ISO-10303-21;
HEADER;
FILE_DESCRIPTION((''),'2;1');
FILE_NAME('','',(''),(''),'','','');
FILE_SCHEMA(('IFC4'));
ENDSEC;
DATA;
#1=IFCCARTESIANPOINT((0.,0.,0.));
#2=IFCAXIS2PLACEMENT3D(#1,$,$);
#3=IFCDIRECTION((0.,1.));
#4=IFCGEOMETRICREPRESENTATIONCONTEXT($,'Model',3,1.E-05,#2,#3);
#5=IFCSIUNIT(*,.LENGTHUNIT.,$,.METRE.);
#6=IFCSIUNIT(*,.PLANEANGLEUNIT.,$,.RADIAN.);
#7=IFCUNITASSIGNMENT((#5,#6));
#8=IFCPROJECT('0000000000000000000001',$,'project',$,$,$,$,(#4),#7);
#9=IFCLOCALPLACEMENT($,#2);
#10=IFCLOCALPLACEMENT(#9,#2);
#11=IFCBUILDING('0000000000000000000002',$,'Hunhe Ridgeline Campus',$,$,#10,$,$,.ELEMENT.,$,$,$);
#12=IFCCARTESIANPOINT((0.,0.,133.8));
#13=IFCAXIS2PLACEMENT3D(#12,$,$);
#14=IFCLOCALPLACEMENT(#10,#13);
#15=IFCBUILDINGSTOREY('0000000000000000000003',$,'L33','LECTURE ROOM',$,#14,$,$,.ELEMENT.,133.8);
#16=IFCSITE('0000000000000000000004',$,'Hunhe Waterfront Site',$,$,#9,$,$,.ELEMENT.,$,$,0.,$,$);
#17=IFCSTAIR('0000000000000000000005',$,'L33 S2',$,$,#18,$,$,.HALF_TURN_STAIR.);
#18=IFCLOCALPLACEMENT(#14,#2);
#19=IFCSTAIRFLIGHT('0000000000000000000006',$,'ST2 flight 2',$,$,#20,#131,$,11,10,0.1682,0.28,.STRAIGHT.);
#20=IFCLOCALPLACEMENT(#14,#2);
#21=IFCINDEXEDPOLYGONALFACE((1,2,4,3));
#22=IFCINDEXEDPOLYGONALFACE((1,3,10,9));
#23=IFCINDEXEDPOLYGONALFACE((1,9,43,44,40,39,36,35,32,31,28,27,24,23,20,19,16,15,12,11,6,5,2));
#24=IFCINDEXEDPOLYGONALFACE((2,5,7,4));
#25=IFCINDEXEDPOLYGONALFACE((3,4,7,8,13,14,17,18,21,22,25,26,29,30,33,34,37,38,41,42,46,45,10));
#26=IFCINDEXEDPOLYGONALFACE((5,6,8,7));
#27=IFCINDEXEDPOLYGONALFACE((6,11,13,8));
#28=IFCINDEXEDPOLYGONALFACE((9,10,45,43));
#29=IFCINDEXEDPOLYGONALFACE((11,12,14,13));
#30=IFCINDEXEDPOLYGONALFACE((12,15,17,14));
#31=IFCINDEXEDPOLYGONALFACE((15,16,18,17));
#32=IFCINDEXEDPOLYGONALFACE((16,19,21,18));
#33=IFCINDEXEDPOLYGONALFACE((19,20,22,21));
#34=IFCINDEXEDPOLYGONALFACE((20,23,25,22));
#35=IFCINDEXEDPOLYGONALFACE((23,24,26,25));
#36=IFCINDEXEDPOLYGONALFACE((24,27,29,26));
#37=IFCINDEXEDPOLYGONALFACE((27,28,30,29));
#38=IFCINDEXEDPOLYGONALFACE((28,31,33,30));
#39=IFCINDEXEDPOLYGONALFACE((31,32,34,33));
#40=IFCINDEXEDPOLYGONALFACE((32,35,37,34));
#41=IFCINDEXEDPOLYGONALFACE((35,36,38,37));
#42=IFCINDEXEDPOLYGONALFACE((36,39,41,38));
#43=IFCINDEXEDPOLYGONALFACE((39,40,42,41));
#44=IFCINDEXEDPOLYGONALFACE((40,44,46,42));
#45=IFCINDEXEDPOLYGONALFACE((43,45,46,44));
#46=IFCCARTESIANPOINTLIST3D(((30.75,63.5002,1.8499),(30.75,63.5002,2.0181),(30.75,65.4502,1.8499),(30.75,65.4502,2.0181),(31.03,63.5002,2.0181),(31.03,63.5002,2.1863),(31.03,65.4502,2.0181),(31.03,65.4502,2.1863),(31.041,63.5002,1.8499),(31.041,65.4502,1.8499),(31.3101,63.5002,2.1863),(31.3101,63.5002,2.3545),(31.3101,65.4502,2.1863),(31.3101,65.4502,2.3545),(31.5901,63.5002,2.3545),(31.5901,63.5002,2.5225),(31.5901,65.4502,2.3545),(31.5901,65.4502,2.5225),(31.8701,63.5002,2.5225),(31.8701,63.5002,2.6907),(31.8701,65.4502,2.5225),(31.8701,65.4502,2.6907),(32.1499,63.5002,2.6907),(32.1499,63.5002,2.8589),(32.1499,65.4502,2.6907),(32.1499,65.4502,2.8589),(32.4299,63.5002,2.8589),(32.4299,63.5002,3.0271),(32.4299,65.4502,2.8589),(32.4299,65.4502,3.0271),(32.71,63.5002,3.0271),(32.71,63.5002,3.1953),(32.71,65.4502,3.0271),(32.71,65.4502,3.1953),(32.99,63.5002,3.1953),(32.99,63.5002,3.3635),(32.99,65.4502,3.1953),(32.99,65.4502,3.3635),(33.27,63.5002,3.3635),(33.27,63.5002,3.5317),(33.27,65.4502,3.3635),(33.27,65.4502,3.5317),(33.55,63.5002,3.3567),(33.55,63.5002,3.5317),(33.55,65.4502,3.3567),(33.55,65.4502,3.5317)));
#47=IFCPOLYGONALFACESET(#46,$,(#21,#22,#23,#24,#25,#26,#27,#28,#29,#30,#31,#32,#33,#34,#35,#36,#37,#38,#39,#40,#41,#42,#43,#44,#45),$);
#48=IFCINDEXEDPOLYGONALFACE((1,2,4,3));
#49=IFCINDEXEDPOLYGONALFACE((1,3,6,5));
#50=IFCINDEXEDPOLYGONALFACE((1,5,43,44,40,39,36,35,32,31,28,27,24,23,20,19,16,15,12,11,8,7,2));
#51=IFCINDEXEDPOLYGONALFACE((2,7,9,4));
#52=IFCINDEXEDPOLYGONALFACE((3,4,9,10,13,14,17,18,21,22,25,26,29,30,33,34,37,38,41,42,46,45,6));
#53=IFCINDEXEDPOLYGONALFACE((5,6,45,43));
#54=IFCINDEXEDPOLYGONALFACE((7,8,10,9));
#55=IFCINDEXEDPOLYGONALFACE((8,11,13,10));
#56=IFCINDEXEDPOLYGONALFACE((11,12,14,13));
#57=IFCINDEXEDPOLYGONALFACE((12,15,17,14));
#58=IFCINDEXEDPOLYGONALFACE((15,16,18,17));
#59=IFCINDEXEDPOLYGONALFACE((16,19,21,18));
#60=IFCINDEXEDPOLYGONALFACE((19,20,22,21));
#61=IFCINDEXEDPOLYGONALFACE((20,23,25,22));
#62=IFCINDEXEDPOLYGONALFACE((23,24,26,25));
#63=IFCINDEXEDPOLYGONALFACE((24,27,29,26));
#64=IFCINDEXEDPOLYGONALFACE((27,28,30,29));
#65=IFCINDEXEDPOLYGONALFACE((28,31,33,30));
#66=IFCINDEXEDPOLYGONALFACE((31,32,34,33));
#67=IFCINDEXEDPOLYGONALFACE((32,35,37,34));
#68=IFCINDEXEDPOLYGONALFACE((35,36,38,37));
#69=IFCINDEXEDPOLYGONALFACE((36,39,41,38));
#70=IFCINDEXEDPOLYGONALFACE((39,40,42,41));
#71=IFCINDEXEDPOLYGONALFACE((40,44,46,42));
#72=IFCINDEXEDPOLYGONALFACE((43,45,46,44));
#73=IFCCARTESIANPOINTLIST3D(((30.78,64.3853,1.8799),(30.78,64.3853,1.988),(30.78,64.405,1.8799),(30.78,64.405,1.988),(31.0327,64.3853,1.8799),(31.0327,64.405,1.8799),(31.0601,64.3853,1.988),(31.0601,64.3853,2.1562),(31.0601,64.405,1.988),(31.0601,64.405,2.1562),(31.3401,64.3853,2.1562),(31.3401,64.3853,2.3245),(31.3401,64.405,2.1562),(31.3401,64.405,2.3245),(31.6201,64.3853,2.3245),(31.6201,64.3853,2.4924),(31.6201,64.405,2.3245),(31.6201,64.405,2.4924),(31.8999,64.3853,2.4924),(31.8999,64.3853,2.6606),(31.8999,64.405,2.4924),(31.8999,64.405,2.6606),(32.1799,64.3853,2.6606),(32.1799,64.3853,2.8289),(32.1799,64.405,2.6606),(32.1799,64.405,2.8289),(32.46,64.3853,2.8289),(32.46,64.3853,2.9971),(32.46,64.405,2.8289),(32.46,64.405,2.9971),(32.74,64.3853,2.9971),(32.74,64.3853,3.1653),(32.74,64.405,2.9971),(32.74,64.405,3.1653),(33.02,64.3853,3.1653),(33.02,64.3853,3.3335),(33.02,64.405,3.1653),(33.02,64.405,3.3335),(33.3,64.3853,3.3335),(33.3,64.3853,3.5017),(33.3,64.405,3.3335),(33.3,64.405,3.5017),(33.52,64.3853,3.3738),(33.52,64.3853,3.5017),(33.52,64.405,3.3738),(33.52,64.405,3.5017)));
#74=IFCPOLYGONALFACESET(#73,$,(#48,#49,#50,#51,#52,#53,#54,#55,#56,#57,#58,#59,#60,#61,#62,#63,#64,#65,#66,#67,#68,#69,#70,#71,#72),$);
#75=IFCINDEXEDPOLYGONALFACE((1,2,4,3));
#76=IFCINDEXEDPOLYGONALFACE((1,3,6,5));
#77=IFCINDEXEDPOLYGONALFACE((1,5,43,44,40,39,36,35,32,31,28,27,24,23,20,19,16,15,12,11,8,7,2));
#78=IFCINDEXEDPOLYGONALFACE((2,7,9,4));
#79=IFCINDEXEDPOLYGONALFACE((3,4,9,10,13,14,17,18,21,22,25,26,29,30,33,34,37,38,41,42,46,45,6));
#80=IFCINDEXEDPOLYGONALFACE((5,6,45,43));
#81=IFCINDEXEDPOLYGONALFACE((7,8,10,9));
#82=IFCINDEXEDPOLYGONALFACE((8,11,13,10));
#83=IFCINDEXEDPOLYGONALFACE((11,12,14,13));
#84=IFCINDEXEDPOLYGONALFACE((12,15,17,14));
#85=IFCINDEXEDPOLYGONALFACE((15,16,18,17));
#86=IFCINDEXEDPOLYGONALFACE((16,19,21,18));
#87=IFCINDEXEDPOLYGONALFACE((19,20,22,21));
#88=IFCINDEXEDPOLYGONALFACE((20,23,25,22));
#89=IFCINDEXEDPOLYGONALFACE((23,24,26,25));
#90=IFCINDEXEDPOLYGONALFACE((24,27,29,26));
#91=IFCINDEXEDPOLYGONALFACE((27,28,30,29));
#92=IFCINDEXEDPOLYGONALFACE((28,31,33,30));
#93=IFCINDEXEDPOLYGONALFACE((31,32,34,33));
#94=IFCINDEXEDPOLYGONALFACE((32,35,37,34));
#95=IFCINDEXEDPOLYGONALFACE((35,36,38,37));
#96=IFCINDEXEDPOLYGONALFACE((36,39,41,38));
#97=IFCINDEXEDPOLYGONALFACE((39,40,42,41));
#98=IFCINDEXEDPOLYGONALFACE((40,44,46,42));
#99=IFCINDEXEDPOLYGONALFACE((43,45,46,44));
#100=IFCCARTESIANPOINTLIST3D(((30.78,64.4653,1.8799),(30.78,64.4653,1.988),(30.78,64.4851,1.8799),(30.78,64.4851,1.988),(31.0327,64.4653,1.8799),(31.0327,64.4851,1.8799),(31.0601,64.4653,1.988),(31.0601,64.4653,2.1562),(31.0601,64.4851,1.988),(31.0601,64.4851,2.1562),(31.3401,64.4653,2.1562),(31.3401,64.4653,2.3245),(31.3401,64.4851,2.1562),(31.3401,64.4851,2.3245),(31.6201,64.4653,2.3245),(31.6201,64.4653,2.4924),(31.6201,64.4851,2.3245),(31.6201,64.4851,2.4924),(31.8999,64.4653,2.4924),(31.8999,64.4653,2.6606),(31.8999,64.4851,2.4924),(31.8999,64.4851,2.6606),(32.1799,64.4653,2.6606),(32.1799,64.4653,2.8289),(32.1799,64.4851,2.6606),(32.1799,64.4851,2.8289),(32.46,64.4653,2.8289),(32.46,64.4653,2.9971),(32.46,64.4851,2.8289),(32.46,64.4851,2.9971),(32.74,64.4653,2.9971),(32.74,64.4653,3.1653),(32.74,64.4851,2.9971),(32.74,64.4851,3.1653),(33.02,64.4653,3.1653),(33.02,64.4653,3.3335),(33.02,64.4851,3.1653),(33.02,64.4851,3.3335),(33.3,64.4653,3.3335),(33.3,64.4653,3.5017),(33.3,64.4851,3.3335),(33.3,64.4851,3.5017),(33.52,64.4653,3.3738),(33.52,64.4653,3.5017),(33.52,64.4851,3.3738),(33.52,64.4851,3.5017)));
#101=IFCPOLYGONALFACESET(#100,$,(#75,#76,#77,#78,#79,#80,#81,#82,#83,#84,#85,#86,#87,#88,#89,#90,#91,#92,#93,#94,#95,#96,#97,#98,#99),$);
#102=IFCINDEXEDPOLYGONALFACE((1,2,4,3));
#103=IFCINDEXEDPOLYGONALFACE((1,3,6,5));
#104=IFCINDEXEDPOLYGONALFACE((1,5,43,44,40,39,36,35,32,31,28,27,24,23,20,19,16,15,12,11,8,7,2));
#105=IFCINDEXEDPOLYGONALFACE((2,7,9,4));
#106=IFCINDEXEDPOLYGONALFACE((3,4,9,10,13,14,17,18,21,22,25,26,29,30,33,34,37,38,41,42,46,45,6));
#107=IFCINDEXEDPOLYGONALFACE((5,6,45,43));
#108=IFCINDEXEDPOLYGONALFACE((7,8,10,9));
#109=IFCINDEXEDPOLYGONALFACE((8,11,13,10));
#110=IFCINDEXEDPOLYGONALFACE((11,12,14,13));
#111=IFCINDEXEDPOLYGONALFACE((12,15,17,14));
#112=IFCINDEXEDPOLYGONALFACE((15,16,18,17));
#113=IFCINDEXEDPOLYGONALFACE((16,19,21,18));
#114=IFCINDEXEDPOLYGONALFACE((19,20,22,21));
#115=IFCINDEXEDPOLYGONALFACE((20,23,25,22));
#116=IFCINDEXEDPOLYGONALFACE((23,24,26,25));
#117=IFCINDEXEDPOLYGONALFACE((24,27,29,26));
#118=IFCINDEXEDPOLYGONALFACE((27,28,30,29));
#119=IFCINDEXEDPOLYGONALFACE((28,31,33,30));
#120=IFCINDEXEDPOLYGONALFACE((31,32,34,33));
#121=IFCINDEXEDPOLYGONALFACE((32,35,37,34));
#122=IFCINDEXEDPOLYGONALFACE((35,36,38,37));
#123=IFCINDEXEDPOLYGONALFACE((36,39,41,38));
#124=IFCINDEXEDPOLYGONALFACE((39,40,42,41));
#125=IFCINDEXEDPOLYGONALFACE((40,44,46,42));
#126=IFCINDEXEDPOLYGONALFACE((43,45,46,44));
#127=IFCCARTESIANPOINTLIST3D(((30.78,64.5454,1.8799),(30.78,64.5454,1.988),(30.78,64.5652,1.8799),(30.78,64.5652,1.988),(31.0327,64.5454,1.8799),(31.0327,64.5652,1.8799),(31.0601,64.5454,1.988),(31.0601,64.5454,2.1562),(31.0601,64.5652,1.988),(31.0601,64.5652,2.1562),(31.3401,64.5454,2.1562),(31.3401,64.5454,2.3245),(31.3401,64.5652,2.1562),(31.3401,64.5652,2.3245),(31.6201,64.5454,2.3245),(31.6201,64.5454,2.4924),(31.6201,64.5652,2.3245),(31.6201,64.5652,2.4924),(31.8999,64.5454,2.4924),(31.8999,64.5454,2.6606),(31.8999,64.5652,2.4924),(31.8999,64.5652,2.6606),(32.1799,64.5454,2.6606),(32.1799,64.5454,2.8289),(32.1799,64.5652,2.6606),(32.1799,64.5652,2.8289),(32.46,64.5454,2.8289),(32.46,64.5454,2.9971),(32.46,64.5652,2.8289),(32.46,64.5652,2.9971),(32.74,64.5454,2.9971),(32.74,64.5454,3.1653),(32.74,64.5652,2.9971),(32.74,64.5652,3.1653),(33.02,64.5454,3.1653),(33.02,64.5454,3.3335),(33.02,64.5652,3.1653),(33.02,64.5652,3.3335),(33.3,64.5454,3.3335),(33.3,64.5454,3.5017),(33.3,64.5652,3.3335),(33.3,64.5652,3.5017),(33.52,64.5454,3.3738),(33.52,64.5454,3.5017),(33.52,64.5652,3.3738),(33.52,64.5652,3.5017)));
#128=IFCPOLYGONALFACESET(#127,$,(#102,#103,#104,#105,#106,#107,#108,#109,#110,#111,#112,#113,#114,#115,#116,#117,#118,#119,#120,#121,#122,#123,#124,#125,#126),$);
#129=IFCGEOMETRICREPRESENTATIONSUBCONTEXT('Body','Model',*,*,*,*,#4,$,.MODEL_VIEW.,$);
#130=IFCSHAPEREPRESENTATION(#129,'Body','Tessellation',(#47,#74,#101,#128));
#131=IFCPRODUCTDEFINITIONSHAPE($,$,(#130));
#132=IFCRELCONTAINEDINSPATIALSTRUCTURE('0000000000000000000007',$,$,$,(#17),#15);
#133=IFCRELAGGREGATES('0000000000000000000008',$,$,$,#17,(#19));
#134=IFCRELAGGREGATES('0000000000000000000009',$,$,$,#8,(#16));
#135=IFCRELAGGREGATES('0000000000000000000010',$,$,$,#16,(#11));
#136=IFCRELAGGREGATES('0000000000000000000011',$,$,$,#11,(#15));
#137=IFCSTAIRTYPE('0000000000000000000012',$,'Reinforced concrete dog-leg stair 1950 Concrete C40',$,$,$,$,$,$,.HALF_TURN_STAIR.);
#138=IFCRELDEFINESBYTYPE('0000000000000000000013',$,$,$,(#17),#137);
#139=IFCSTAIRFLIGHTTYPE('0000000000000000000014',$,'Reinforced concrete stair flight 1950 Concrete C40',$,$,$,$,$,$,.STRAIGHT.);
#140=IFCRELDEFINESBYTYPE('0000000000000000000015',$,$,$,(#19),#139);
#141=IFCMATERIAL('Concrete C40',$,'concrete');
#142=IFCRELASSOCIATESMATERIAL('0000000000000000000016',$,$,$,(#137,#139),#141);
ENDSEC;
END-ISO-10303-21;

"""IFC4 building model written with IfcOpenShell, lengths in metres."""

from ifc_helpers import new_model, si_unit, direction, frame, origin, place, context, subcontext, project, spatial, polyline, outline, extrude, material, type_object, element, aggregate, save


model = new_model("IFC4")

# Units and contexts
model_context = context("Model", 3, precision=1e-05, world=origin(), true_north=direction((0.0, 1.0)))
body_context = subcontext(model_context, "Body", "Model", "MODEL_VIEW")
ifc_project = project(units=[si_unit("LENGTHUNIT", "METRE"), si_unit("PLANEANGLEUNIT", "RADIAN")], contexts=[model_context])

# Site, building, storey
site_placement = place(None, origin())
site = spatial("IfcSite", under=ifc_project, at=site_placement, Name="Hunhe Waterfront Site", CompositionType="ELEMENT", RefElevation=0.0)
building_placement = place(site_placement, origin())
building = spatial("IfcBuilding", under=site, at=building_placement, Name="Hunhe Ridgeline Campus", CompositionType="ELEMENT")
storey_placement = place(building_placement, frame((0.0, 0.0, 133.8)))
storey = spatial("IfcBuildingStorey", under=building, at=storey_placement, Name="L33", Description="LECTURE ROOM", CompositionType="ELEMENT", Elevation=133.8)

# Stair, stair flight
ifc_material_1 = material(Name="Concrete C40", Category="concrete")
stair_type = type_object("IfcStairType", Name="Reinforced concrete dog-leg stair 1950 Concrete C40", PredefinedType="HALF_TURN_STAIR", material=ifc_material_1)
stair_placement = place(storey_placement, origin())
stair = element("IfcStair", 1, at=stair_placement, inside=storey, type_object=stair_type, Name="L33 S2", PredefinedType="HALF_TURN_STAIR")
stair_flight_type = type_object("IfcStairFlightType", Name="Reinforced concrete stair flight 1950 Concrete C40", PredefinedType="STRAIGHT", material=ifc_material_1)
stair_flight_1_placement = place(storey_placement, frame((30.75, 64.4751, 1.8499), z_axis=(0.0, 0.0, 1.0), x_axis=(1.0, 0.0, 0.0)))
stair_flight_1 = element("IfcStairFlight", 2, at=stair_flight_1_placement, type_object=stair_flight_type, Name="ST2 flight 2", NumberOfRisers=11, NumberOfTreads=10, PredefinedType="STRAIGHT", RiserHeight=0.1682, TreadLength=0.28, context=body_context, shape_type="SweptSolid", body=[
    extrude(outline(polyline([(0.0, 0.0), (0.0, 0.1682), (0.28, 0.1682), (0.28, 0.3364), (0.5601, 0.3364), (0.5601, 0.5046), (0.8401, 0.5046), (0.8401, 0.6726), (1.1201, 0.6726), (1.1201, 0.8408), (1.3999, 0.8408), (1.3999, 1.009), (1.6799, 1.009), (1.6799, 1.1772), (1.96, 1.1772), (1.96, 1.3455), (2.24, 1.3455), (2.24, 1.5137), (2.52, 1.5137), (2.52, 1.6819), (2.8, 1.6819), (2.8, 1.8501), (2.8, 1.5068), (0.291, 0.0), (0.0, 0.0)])), frame((0.0, 0.9751, 0.0), z_axis=(0.0, -1.0, 0.0), x_axis=(1.0, 0.0, 0.0)), (0.0, 0.0, 1.0), 1.95),
    extrude(outline(polyline([(0.03, 0.03), (0.03, 0.1382), (0.3101, 0.1382), (0.3101, 0.3064), (0.5901, 0.3064), (0.5901, 0.4746), (0.8701, 0.4746), (0.8701, 0.6426), (1.1499, 0.6426), (1.1499, 0.8108), (1.4299, 0.8108), (1.4299, 0.979), (1.71, 0.979), (1.71, 1.1472), (1.99, 1.1472), (1.99, 1.3154), (2.27, 1.3154), (2.27, 1.4836), (2.55, 1.4836), (2.55, 1.6519), (2.77, 1.6519), (2.77, 1.5239), (0.2827, 0.03), (0.03, 0.03)])), frame((0.0, -0.0701, 0.0), z_axis=(0.0, -1.0, 0.0), x_axis=(1.0, 0.0, 0.0)), (0.0, 0.0, 1.0), 0.0198),
    extrude(outline(polyline([(0.03, 0.03), (0.03, 0.1382), (0.3101, 0.1382), (0.3101, 0.3064), (0.5901, 0.3064), (0.5901, 0.4746), (0.8701, 0.4746), (0.8701, 0.6426), (1.1499, 0.6426), (1.1499, 0.8108), (1.4299, 0.8108), (1.4299, 0.979), (1.71, 0.979), (1.71, 1.1472), (1.99, 1.1472), (1.99, 1.3154), (2.27, 1.3154), (2.27, 1.4836), (2.55, 1.4836), (2.55, 1.6519), (2.77, 1.6519), (2.77, 1.5239), (0.2827, 0.03), (0.03, 0.03)])), frame((0.0, 0.01, 0.0), z_axis=(0.0, -1.0, 0.0), x_axis=(1.0, 0.0, 0.0)), (0.0, 0.0, 1.0), 0.0198),
    extrude(outline(polyline([(0.03, 0.03), (0.03, 0.1382), (0.3101, 0.1382), (0.3101, 0.3064), (0.5901, 0.3064), (0.5901, 0.4746), (0.8701, 0.4746), (0.8701, 0.6426), (1.1499, 0.6426), (1.1499, 0.8108), (1.4299, 0.8108), (1.4299, 0.979), (1.71, 0.979), (1.71, 1.1472), (1.99, 1.1472), (1.99, 1.3154), (2.27, 1.3154), (2.27, 1.4836), (2.55, 1.4836), (2.55, 1.6519), (2.77, 1.6519), (2.77, 1.5239), (0.2827, 0.03), (0.03, 0.03)])), frame((0.0, 0.0901, 0.0), z_axis=(0.0, -1.0, 0.0), x_axis=(1.0, 0.0, 0.0)), (0.0, 0.0, 1.0), 0.0198),
])
aggregate(stair, [stair_flight_1])

save(model, "model.ifc")
